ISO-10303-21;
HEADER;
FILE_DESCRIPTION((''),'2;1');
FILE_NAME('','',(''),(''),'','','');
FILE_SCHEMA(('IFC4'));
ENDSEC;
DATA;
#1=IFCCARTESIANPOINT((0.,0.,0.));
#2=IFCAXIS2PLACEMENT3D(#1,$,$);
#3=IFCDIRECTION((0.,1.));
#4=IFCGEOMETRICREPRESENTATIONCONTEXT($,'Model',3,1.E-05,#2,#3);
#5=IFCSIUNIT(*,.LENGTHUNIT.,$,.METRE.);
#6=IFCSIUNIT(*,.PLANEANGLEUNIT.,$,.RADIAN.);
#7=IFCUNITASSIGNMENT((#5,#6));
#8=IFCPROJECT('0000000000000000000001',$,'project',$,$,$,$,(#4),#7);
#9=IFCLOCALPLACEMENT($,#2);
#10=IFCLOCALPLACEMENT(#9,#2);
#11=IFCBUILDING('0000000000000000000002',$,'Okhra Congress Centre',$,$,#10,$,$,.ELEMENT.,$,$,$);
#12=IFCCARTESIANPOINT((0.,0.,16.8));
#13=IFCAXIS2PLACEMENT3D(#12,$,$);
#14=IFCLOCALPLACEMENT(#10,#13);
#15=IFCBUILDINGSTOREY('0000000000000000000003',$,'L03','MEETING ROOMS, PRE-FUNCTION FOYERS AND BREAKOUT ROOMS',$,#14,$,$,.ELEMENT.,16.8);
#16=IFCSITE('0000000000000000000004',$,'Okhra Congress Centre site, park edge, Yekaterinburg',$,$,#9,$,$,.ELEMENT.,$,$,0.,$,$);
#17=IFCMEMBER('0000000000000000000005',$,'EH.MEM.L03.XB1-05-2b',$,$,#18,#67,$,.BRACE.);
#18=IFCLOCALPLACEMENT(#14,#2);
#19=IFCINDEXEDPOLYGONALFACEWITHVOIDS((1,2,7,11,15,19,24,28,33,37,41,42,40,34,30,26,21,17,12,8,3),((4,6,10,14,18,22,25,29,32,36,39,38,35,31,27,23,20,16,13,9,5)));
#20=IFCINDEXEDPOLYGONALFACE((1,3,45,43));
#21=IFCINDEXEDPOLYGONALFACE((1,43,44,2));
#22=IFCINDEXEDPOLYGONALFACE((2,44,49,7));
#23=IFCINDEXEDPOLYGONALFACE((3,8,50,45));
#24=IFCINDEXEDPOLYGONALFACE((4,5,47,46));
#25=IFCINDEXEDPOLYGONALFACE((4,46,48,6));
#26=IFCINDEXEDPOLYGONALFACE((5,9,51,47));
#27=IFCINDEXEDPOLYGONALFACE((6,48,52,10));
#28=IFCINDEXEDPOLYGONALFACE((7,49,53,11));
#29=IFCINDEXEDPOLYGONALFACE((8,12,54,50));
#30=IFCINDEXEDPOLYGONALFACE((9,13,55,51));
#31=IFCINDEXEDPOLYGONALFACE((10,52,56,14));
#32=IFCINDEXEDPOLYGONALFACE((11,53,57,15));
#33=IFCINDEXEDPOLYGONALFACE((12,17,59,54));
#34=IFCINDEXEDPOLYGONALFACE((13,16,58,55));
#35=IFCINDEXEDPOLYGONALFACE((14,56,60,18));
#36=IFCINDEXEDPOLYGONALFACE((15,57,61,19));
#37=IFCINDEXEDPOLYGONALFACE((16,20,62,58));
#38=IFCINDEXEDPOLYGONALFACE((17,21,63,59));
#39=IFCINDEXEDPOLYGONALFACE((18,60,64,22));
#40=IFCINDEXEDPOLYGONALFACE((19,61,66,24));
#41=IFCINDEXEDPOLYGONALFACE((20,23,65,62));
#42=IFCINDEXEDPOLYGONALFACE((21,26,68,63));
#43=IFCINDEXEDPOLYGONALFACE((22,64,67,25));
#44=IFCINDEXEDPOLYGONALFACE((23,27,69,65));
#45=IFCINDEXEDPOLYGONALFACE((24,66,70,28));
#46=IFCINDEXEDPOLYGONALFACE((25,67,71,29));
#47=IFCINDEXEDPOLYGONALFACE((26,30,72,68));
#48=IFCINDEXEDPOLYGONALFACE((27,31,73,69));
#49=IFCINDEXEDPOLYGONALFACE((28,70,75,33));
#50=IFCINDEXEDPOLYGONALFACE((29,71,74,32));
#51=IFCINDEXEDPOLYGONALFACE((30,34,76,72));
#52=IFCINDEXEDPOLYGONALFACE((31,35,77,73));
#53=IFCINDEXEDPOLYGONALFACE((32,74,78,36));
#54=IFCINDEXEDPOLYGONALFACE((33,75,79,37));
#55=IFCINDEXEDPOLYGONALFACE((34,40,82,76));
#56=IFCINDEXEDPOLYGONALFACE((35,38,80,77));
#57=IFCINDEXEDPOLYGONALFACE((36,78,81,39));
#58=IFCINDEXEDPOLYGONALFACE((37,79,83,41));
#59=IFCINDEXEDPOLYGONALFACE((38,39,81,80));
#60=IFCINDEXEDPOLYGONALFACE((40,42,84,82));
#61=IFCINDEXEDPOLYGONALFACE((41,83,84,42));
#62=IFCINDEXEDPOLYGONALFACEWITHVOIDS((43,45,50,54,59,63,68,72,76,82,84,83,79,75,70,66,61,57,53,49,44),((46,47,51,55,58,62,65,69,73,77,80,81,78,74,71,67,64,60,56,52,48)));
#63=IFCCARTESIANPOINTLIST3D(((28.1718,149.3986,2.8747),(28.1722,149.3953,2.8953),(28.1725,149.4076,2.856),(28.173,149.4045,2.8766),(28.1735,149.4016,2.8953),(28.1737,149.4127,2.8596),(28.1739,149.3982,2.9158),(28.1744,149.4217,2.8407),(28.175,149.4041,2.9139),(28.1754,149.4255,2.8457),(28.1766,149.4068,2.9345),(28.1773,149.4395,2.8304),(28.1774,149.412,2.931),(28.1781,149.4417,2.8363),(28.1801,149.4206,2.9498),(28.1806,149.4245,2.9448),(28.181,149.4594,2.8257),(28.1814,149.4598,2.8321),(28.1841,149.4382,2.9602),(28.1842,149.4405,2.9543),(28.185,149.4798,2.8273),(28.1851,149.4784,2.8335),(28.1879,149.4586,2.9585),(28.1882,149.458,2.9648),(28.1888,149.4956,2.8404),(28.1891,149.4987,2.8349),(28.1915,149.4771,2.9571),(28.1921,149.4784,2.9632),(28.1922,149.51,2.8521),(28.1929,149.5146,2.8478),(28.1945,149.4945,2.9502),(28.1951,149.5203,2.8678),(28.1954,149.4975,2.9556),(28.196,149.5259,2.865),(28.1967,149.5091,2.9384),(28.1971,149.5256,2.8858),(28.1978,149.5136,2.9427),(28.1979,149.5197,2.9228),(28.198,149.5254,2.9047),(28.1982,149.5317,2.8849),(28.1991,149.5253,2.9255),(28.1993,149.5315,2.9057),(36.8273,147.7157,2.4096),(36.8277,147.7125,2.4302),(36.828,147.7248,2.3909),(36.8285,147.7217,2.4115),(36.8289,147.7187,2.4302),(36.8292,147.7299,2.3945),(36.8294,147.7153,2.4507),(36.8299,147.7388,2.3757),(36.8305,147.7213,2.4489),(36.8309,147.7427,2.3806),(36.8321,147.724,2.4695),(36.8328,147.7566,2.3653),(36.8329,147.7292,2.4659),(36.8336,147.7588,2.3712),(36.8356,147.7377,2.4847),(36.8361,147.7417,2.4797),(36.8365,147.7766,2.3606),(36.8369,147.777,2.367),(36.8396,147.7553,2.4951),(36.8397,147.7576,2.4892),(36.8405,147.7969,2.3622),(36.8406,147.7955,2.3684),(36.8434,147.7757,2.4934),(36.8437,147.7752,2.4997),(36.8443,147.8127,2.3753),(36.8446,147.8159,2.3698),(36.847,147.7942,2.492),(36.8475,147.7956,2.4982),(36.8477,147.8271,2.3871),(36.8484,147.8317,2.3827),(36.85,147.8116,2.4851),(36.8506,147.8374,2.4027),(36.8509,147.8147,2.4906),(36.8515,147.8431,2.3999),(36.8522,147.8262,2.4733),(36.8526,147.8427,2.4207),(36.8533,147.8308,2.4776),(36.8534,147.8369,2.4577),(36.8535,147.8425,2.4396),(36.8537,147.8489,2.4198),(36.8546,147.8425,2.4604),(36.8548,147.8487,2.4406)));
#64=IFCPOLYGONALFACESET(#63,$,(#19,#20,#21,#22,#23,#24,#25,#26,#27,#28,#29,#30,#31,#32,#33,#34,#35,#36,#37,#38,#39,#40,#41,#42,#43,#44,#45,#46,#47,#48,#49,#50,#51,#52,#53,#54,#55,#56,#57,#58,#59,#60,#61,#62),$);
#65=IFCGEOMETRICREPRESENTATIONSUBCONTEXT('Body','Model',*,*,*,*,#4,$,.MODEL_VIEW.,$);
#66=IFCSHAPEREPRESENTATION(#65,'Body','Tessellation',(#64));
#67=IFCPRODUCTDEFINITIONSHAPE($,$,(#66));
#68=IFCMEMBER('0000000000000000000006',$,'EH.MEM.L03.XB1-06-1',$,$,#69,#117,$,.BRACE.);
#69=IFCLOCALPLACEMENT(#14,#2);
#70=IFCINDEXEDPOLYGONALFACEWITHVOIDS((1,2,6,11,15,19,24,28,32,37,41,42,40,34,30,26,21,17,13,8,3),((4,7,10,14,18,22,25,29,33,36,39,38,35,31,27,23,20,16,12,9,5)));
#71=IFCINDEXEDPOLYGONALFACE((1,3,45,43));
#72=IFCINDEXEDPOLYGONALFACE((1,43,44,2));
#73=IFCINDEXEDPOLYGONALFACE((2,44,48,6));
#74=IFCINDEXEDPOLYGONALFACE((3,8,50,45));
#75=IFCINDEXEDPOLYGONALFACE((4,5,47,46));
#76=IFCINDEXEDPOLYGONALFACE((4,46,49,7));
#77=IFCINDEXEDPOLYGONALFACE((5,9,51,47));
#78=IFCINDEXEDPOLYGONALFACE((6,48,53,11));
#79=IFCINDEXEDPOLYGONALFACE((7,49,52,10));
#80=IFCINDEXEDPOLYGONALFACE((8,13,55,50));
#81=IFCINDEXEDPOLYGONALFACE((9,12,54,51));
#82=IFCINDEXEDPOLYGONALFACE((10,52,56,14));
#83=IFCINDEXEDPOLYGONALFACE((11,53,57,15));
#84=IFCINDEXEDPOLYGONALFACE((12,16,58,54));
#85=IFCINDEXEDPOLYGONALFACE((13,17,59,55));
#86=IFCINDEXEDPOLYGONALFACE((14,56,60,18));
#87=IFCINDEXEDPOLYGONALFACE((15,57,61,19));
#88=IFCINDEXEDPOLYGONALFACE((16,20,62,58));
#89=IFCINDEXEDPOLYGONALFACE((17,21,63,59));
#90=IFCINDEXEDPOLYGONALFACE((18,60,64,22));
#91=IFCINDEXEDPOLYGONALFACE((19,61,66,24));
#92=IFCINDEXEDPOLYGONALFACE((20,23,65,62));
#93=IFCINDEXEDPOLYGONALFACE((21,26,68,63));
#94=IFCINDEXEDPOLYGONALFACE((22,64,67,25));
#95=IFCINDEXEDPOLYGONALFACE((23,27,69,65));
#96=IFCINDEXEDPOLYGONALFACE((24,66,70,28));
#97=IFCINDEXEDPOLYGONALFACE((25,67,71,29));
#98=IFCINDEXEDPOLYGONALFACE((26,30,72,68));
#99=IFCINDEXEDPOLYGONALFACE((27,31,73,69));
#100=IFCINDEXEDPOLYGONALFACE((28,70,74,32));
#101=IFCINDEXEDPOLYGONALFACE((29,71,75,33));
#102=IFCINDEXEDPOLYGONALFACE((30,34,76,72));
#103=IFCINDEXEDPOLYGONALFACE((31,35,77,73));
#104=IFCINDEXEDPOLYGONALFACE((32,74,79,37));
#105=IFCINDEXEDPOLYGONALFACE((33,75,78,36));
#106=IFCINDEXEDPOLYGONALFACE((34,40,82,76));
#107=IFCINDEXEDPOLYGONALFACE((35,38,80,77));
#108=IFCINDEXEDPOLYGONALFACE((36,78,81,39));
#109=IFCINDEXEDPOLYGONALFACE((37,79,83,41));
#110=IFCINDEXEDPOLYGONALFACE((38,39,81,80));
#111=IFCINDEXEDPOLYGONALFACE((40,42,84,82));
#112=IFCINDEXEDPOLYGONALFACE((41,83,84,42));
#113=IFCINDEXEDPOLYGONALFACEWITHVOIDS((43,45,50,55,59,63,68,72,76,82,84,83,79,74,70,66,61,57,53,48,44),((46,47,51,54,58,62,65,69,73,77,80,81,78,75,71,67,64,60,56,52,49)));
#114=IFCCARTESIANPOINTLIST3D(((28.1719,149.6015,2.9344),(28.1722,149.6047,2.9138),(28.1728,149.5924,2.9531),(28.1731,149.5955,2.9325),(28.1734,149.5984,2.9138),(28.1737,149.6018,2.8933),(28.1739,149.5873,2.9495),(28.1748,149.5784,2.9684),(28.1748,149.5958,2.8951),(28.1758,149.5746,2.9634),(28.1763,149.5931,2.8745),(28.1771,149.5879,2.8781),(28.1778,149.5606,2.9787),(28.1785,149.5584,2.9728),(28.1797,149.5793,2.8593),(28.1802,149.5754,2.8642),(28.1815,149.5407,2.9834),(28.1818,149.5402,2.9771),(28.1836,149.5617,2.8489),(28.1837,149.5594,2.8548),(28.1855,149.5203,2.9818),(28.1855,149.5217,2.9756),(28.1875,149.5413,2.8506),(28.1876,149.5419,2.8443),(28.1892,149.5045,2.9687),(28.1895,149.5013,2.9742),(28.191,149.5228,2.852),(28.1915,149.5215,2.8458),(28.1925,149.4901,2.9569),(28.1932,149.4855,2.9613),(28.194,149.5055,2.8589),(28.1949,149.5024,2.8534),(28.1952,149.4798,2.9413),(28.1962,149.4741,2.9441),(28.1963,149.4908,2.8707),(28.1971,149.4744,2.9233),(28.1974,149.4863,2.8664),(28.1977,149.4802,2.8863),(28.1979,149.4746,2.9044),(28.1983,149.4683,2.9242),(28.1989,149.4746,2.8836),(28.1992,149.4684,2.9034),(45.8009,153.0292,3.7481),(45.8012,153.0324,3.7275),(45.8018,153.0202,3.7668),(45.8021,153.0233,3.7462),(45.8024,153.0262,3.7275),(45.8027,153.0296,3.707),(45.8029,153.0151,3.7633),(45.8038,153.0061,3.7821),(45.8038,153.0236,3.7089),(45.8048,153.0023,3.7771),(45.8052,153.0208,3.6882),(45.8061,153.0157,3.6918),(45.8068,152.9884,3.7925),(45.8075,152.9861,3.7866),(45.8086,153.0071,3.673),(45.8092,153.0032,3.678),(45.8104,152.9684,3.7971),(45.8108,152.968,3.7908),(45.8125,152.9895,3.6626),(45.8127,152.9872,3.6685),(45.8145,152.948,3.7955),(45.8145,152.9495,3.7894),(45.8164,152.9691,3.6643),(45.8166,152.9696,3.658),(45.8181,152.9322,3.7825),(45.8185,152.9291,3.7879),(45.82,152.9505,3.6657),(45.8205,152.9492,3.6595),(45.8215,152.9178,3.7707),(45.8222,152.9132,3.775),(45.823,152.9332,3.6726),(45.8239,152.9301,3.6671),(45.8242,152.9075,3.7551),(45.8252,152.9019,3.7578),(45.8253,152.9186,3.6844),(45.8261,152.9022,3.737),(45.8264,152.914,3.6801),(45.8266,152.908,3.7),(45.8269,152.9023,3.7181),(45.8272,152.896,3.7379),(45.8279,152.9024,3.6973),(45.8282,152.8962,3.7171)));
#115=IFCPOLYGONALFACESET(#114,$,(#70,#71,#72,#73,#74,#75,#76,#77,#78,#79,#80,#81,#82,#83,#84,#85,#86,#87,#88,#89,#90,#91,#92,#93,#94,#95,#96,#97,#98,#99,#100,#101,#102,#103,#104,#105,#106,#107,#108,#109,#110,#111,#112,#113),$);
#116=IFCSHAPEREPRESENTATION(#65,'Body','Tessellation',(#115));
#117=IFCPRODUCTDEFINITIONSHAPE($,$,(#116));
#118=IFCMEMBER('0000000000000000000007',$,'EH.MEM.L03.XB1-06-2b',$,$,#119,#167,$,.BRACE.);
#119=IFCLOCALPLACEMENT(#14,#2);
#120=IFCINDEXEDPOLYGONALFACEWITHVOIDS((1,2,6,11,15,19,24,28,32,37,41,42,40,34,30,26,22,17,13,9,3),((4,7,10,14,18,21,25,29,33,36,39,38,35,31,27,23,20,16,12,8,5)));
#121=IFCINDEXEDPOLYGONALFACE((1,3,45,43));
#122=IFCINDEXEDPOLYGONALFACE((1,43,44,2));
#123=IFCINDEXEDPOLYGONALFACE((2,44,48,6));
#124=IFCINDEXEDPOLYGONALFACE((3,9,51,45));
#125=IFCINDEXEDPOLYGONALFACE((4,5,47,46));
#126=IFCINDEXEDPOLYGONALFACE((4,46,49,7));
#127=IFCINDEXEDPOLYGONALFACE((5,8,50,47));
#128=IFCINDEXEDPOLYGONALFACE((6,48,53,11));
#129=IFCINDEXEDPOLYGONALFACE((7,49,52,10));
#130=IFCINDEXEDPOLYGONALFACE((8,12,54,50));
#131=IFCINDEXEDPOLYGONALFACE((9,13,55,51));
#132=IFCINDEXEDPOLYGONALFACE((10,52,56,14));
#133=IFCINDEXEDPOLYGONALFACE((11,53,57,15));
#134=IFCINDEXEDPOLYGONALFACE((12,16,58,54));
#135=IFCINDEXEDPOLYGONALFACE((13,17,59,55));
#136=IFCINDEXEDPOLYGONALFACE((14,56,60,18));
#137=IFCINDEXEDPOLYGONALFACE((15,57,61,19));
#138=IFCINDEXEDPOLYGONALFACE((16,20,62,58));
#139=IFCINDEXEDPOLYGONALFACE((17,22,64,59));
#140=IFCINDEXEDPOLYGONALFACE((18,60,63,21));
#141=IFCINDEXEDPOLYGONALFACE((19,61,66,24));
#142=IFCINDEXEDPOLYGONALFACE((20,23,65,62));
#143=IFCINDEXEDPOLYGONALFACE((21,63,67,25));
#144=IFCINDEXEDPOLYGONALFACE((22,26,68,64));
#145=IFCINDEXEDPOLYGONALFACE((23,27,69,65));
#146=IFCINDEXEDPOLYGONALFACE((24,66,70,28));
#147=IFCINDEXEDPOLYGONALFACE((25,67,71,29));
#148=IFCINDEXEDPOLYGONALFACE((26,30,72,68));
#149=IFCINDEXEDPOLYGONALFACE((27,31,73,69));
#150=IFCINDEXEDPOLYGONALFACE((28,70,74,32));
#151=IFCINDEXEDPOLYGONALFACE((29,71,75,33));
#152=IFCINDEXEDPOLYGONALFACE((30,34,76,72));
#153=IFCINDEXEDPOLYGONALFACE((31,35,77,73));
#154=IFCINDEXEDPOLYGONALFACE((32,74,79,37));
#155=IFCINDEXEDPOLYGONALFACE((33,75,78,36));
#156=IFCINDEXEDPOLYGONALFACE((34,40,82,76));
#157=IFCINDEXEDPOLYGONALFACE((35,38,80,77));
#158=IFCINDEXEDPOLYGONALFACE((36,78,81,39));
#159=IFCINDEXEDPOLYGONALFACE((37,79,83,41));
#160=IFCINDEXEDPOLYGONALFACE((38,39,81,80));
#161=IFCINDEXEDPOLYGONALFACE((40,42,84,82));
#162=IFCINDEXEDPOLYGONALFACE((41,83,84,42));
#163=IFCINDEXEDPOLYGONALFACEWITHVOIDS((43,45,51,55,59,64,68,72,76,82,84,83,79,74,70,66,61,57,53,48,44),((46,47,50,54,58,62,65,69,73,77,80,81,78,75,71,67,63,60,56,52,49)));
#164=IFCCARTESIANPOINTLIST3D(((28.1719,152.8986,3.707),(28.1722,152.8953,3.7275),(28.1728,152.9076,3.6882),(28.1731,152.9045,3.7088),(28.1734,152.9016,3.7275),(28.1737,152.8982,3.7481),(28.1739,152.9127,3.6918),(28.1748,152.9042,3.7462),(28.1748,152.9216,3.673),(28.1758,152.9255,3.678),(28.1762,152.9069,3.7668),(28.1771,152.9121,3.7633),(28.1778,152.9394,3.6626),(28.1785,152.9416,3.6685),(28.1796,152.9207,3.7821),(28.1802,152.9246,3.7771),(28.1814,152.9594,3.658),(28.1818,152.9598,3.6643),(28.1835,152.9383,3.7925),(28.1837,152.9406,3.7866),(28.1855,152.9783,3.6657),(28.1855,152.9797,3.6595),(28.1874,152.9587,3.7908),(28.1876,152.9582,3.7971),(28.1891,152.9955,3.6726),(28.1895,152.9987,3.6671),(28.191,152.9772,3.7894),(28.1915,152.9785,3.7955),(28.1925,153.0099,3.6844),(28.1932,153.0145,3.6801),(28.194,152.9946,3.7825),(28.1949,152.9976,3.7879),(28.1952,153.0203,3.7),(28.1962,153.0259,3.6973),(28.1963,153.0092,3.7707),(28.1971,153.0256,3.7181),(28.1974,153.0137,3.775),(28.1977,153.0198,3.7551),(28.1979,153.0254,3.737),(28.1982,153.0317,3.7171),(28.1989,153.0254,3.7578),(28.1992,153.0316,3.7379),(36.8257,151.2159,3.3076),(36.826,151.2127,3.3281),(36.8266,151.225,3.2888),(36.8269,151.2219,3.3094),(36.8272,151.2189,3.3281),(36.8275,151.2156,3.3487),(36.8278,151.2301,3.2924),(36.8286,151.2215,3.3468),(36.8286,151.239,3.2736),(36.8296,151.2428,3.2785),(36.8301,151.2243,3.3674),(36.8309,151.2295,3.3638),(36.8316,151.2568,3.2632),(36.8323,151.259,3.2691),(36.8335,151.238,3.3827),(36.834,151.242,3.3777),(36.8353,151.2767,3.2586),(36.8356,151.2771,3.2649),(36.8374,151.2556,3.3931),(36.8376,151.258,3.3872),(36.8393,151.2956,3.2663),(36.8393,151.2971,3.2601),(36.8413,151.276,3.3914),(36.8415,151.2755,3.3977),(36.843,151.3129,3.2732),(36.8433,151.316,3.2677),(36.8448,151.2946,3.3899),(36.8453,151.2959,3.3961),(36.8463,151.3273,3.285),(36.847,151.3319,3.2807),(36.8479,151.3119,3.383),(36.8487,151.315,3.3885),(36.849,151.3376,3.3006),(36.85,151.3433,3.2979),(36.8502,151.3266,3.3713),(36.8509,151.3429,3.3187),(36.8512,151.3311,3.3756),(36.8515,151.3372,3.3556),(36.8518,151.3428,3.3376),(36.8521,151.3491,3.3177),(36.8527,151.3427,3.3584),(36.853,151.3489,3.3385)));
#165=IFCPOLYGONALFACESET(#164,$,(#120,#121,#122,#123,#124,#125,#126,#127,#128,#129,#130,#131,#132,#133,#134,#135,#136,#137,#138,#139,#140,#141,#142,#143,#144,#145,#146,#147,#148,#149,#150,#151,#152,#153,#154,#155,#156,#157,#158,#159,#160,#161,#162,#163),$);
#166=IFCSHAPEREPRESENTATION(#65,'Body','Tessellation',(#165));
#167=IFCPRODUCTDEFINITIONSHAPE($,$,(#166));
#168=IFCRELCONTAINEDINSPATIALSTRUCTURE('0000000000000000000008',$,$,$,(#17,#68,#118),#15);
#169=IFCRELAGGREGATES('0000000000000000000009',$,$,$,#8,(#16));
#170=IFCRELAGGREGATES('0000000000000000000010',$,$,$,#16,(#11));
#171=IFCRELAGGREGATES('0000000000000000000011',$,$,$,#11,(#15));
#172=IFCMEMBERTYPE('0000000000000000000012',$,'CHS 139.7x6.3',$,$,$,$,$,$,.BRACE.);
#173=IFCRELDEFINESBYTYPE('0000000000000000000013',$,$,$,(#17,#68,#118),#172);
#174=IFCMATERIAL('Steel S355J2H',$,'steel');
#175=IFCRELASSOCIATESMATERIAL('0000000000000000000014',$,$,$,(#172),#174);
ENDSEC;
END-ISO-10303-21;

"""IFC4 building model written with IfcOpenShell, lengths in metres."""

from ifc_helpers import new_model, si_unit, direction, frame, origin, origin_2d, place, context, subcontext, project, spatial, hollow_circle, extrude, material, material_profile, profile_set, type_object, element, save


model = new_model("IFC4")

# Units and contexts
model_context = context("Model", 3, precision=1e-05, world=origin(), true_north=direction((0.0, 1.0)))
body_context = subcontext(model_context, "Body", "Model", "MODEL_VIEW")
ifc_project = project(units=[si_unit("LENGTHUNIT", "METRE"), si_unit("PLANEANGLEUNIT", "RADIAN")], contexts=[model_context])

# Site, building, storey
site_placement = place(None, origin())
site = spatial("IfcSite", under=ifc_project, at=site_placement, Name="Okhra Congress Centre site, park edge, Yekaterinburg", CompositionType="ELEMENT", RefElevation=0.0)
building_placement = place(site_placement, origin())
building = spatial("IfcBuilding", under=site, at=building_placement, Name="Okhra Congress Centre", CompositionType="ELEMENT")
storey_placement = place(building_placement, frame((0.0, 0.0, 16.8)))
storey = spatial("IfcBuildingStorey", under=building, at=storey_placement, Name="L03", Description="MEETING ROOMS, PRE-FUNCTION FOYERS AND BREAKOUT ROOMS", CompositionType="ELEMENT", Elevation=16.8)

# Members
ifc_material_1 = material(Name="Steel S355J2H", Category="steel")
ifc_material_profile_1 = material_profile(ifc_material_1, hollow_circle(Radius=0.0698, WallThickness=0.0063, at=origin_2d()), Name="CHS 139.7x6.3")
ifc_profile_set_1 = profile_set([ifc_material_profile_1], Name="Steel S355J2H")
member_type_1 = type_object("IfcMemberType", Name="CHS 139.7x6.3", PredefinedType="BRACE", material=ifc_profile_set_1)
member_1_placement = place(storey_placement, frame((36.8411, 147.781, 2.4302), z_axis=(-0.980256, 0.190588, 0.052672), x_axis=(-0.190853, -0.981619, 0.0)))
element("IfcMember", 1, at=member_1_placement, inside=storey, type_object=member_type_1, Name="EH.MEM.L03.XB1-05-2b", PredefinedType="BRACE", context=body_context, shape_type="SweptSolid", body=[
    extrude(hollow_circle(Radius=0.0698, WallThickness=0.0063, at=origin_2d()), origin(), (0.0, 0.0, 1.0), 8.8298),
])
member_2_placement = place(storey_placement, frame((28.1855, 149.5361, 2.9138), z_axis=(0.98061, 0.190668, 0.045263), x_axis=(-0.190864, 0.981617, 0.0)))
element("IfcMember", 2, at=member_2_placement, inside=storey, type_object=member_type_1, Name="EH.MEM.L03.XB1-06-1", PredefinedType="BRACE", context=body_context, shape_type="SweptSolid", body=[
    extrude(hollow_circle(Radius=0.0698, WallThickness=0.0063, at=origin_2d()), origin(), (0.0, 0.0, 1.0), 17.9775),
])
member_3_placement = place(storey_placement, frame((36.8394, 151.2812, 3.3281), z_axis=(-0.980611, 0.190667, 0.04526), x_axis=(-0.190862, -0.981617, 0.0)))
element("IfcMember", 3, at=member_3_placement, inside=storey, type_object=member_type_1, Name="EH.MEM.L03.XB1-06-2b", PredefinedType="BRACE", context=body_context, shape_type="SweptSolid", body=[
    extrude(hollow_circle(Radius=0.0698, WallThickness=0.0063, at=origin_2d()), origin(), (0.0, 0.0, 1.0), 8.825),
])

save(model, "model.ifc")
